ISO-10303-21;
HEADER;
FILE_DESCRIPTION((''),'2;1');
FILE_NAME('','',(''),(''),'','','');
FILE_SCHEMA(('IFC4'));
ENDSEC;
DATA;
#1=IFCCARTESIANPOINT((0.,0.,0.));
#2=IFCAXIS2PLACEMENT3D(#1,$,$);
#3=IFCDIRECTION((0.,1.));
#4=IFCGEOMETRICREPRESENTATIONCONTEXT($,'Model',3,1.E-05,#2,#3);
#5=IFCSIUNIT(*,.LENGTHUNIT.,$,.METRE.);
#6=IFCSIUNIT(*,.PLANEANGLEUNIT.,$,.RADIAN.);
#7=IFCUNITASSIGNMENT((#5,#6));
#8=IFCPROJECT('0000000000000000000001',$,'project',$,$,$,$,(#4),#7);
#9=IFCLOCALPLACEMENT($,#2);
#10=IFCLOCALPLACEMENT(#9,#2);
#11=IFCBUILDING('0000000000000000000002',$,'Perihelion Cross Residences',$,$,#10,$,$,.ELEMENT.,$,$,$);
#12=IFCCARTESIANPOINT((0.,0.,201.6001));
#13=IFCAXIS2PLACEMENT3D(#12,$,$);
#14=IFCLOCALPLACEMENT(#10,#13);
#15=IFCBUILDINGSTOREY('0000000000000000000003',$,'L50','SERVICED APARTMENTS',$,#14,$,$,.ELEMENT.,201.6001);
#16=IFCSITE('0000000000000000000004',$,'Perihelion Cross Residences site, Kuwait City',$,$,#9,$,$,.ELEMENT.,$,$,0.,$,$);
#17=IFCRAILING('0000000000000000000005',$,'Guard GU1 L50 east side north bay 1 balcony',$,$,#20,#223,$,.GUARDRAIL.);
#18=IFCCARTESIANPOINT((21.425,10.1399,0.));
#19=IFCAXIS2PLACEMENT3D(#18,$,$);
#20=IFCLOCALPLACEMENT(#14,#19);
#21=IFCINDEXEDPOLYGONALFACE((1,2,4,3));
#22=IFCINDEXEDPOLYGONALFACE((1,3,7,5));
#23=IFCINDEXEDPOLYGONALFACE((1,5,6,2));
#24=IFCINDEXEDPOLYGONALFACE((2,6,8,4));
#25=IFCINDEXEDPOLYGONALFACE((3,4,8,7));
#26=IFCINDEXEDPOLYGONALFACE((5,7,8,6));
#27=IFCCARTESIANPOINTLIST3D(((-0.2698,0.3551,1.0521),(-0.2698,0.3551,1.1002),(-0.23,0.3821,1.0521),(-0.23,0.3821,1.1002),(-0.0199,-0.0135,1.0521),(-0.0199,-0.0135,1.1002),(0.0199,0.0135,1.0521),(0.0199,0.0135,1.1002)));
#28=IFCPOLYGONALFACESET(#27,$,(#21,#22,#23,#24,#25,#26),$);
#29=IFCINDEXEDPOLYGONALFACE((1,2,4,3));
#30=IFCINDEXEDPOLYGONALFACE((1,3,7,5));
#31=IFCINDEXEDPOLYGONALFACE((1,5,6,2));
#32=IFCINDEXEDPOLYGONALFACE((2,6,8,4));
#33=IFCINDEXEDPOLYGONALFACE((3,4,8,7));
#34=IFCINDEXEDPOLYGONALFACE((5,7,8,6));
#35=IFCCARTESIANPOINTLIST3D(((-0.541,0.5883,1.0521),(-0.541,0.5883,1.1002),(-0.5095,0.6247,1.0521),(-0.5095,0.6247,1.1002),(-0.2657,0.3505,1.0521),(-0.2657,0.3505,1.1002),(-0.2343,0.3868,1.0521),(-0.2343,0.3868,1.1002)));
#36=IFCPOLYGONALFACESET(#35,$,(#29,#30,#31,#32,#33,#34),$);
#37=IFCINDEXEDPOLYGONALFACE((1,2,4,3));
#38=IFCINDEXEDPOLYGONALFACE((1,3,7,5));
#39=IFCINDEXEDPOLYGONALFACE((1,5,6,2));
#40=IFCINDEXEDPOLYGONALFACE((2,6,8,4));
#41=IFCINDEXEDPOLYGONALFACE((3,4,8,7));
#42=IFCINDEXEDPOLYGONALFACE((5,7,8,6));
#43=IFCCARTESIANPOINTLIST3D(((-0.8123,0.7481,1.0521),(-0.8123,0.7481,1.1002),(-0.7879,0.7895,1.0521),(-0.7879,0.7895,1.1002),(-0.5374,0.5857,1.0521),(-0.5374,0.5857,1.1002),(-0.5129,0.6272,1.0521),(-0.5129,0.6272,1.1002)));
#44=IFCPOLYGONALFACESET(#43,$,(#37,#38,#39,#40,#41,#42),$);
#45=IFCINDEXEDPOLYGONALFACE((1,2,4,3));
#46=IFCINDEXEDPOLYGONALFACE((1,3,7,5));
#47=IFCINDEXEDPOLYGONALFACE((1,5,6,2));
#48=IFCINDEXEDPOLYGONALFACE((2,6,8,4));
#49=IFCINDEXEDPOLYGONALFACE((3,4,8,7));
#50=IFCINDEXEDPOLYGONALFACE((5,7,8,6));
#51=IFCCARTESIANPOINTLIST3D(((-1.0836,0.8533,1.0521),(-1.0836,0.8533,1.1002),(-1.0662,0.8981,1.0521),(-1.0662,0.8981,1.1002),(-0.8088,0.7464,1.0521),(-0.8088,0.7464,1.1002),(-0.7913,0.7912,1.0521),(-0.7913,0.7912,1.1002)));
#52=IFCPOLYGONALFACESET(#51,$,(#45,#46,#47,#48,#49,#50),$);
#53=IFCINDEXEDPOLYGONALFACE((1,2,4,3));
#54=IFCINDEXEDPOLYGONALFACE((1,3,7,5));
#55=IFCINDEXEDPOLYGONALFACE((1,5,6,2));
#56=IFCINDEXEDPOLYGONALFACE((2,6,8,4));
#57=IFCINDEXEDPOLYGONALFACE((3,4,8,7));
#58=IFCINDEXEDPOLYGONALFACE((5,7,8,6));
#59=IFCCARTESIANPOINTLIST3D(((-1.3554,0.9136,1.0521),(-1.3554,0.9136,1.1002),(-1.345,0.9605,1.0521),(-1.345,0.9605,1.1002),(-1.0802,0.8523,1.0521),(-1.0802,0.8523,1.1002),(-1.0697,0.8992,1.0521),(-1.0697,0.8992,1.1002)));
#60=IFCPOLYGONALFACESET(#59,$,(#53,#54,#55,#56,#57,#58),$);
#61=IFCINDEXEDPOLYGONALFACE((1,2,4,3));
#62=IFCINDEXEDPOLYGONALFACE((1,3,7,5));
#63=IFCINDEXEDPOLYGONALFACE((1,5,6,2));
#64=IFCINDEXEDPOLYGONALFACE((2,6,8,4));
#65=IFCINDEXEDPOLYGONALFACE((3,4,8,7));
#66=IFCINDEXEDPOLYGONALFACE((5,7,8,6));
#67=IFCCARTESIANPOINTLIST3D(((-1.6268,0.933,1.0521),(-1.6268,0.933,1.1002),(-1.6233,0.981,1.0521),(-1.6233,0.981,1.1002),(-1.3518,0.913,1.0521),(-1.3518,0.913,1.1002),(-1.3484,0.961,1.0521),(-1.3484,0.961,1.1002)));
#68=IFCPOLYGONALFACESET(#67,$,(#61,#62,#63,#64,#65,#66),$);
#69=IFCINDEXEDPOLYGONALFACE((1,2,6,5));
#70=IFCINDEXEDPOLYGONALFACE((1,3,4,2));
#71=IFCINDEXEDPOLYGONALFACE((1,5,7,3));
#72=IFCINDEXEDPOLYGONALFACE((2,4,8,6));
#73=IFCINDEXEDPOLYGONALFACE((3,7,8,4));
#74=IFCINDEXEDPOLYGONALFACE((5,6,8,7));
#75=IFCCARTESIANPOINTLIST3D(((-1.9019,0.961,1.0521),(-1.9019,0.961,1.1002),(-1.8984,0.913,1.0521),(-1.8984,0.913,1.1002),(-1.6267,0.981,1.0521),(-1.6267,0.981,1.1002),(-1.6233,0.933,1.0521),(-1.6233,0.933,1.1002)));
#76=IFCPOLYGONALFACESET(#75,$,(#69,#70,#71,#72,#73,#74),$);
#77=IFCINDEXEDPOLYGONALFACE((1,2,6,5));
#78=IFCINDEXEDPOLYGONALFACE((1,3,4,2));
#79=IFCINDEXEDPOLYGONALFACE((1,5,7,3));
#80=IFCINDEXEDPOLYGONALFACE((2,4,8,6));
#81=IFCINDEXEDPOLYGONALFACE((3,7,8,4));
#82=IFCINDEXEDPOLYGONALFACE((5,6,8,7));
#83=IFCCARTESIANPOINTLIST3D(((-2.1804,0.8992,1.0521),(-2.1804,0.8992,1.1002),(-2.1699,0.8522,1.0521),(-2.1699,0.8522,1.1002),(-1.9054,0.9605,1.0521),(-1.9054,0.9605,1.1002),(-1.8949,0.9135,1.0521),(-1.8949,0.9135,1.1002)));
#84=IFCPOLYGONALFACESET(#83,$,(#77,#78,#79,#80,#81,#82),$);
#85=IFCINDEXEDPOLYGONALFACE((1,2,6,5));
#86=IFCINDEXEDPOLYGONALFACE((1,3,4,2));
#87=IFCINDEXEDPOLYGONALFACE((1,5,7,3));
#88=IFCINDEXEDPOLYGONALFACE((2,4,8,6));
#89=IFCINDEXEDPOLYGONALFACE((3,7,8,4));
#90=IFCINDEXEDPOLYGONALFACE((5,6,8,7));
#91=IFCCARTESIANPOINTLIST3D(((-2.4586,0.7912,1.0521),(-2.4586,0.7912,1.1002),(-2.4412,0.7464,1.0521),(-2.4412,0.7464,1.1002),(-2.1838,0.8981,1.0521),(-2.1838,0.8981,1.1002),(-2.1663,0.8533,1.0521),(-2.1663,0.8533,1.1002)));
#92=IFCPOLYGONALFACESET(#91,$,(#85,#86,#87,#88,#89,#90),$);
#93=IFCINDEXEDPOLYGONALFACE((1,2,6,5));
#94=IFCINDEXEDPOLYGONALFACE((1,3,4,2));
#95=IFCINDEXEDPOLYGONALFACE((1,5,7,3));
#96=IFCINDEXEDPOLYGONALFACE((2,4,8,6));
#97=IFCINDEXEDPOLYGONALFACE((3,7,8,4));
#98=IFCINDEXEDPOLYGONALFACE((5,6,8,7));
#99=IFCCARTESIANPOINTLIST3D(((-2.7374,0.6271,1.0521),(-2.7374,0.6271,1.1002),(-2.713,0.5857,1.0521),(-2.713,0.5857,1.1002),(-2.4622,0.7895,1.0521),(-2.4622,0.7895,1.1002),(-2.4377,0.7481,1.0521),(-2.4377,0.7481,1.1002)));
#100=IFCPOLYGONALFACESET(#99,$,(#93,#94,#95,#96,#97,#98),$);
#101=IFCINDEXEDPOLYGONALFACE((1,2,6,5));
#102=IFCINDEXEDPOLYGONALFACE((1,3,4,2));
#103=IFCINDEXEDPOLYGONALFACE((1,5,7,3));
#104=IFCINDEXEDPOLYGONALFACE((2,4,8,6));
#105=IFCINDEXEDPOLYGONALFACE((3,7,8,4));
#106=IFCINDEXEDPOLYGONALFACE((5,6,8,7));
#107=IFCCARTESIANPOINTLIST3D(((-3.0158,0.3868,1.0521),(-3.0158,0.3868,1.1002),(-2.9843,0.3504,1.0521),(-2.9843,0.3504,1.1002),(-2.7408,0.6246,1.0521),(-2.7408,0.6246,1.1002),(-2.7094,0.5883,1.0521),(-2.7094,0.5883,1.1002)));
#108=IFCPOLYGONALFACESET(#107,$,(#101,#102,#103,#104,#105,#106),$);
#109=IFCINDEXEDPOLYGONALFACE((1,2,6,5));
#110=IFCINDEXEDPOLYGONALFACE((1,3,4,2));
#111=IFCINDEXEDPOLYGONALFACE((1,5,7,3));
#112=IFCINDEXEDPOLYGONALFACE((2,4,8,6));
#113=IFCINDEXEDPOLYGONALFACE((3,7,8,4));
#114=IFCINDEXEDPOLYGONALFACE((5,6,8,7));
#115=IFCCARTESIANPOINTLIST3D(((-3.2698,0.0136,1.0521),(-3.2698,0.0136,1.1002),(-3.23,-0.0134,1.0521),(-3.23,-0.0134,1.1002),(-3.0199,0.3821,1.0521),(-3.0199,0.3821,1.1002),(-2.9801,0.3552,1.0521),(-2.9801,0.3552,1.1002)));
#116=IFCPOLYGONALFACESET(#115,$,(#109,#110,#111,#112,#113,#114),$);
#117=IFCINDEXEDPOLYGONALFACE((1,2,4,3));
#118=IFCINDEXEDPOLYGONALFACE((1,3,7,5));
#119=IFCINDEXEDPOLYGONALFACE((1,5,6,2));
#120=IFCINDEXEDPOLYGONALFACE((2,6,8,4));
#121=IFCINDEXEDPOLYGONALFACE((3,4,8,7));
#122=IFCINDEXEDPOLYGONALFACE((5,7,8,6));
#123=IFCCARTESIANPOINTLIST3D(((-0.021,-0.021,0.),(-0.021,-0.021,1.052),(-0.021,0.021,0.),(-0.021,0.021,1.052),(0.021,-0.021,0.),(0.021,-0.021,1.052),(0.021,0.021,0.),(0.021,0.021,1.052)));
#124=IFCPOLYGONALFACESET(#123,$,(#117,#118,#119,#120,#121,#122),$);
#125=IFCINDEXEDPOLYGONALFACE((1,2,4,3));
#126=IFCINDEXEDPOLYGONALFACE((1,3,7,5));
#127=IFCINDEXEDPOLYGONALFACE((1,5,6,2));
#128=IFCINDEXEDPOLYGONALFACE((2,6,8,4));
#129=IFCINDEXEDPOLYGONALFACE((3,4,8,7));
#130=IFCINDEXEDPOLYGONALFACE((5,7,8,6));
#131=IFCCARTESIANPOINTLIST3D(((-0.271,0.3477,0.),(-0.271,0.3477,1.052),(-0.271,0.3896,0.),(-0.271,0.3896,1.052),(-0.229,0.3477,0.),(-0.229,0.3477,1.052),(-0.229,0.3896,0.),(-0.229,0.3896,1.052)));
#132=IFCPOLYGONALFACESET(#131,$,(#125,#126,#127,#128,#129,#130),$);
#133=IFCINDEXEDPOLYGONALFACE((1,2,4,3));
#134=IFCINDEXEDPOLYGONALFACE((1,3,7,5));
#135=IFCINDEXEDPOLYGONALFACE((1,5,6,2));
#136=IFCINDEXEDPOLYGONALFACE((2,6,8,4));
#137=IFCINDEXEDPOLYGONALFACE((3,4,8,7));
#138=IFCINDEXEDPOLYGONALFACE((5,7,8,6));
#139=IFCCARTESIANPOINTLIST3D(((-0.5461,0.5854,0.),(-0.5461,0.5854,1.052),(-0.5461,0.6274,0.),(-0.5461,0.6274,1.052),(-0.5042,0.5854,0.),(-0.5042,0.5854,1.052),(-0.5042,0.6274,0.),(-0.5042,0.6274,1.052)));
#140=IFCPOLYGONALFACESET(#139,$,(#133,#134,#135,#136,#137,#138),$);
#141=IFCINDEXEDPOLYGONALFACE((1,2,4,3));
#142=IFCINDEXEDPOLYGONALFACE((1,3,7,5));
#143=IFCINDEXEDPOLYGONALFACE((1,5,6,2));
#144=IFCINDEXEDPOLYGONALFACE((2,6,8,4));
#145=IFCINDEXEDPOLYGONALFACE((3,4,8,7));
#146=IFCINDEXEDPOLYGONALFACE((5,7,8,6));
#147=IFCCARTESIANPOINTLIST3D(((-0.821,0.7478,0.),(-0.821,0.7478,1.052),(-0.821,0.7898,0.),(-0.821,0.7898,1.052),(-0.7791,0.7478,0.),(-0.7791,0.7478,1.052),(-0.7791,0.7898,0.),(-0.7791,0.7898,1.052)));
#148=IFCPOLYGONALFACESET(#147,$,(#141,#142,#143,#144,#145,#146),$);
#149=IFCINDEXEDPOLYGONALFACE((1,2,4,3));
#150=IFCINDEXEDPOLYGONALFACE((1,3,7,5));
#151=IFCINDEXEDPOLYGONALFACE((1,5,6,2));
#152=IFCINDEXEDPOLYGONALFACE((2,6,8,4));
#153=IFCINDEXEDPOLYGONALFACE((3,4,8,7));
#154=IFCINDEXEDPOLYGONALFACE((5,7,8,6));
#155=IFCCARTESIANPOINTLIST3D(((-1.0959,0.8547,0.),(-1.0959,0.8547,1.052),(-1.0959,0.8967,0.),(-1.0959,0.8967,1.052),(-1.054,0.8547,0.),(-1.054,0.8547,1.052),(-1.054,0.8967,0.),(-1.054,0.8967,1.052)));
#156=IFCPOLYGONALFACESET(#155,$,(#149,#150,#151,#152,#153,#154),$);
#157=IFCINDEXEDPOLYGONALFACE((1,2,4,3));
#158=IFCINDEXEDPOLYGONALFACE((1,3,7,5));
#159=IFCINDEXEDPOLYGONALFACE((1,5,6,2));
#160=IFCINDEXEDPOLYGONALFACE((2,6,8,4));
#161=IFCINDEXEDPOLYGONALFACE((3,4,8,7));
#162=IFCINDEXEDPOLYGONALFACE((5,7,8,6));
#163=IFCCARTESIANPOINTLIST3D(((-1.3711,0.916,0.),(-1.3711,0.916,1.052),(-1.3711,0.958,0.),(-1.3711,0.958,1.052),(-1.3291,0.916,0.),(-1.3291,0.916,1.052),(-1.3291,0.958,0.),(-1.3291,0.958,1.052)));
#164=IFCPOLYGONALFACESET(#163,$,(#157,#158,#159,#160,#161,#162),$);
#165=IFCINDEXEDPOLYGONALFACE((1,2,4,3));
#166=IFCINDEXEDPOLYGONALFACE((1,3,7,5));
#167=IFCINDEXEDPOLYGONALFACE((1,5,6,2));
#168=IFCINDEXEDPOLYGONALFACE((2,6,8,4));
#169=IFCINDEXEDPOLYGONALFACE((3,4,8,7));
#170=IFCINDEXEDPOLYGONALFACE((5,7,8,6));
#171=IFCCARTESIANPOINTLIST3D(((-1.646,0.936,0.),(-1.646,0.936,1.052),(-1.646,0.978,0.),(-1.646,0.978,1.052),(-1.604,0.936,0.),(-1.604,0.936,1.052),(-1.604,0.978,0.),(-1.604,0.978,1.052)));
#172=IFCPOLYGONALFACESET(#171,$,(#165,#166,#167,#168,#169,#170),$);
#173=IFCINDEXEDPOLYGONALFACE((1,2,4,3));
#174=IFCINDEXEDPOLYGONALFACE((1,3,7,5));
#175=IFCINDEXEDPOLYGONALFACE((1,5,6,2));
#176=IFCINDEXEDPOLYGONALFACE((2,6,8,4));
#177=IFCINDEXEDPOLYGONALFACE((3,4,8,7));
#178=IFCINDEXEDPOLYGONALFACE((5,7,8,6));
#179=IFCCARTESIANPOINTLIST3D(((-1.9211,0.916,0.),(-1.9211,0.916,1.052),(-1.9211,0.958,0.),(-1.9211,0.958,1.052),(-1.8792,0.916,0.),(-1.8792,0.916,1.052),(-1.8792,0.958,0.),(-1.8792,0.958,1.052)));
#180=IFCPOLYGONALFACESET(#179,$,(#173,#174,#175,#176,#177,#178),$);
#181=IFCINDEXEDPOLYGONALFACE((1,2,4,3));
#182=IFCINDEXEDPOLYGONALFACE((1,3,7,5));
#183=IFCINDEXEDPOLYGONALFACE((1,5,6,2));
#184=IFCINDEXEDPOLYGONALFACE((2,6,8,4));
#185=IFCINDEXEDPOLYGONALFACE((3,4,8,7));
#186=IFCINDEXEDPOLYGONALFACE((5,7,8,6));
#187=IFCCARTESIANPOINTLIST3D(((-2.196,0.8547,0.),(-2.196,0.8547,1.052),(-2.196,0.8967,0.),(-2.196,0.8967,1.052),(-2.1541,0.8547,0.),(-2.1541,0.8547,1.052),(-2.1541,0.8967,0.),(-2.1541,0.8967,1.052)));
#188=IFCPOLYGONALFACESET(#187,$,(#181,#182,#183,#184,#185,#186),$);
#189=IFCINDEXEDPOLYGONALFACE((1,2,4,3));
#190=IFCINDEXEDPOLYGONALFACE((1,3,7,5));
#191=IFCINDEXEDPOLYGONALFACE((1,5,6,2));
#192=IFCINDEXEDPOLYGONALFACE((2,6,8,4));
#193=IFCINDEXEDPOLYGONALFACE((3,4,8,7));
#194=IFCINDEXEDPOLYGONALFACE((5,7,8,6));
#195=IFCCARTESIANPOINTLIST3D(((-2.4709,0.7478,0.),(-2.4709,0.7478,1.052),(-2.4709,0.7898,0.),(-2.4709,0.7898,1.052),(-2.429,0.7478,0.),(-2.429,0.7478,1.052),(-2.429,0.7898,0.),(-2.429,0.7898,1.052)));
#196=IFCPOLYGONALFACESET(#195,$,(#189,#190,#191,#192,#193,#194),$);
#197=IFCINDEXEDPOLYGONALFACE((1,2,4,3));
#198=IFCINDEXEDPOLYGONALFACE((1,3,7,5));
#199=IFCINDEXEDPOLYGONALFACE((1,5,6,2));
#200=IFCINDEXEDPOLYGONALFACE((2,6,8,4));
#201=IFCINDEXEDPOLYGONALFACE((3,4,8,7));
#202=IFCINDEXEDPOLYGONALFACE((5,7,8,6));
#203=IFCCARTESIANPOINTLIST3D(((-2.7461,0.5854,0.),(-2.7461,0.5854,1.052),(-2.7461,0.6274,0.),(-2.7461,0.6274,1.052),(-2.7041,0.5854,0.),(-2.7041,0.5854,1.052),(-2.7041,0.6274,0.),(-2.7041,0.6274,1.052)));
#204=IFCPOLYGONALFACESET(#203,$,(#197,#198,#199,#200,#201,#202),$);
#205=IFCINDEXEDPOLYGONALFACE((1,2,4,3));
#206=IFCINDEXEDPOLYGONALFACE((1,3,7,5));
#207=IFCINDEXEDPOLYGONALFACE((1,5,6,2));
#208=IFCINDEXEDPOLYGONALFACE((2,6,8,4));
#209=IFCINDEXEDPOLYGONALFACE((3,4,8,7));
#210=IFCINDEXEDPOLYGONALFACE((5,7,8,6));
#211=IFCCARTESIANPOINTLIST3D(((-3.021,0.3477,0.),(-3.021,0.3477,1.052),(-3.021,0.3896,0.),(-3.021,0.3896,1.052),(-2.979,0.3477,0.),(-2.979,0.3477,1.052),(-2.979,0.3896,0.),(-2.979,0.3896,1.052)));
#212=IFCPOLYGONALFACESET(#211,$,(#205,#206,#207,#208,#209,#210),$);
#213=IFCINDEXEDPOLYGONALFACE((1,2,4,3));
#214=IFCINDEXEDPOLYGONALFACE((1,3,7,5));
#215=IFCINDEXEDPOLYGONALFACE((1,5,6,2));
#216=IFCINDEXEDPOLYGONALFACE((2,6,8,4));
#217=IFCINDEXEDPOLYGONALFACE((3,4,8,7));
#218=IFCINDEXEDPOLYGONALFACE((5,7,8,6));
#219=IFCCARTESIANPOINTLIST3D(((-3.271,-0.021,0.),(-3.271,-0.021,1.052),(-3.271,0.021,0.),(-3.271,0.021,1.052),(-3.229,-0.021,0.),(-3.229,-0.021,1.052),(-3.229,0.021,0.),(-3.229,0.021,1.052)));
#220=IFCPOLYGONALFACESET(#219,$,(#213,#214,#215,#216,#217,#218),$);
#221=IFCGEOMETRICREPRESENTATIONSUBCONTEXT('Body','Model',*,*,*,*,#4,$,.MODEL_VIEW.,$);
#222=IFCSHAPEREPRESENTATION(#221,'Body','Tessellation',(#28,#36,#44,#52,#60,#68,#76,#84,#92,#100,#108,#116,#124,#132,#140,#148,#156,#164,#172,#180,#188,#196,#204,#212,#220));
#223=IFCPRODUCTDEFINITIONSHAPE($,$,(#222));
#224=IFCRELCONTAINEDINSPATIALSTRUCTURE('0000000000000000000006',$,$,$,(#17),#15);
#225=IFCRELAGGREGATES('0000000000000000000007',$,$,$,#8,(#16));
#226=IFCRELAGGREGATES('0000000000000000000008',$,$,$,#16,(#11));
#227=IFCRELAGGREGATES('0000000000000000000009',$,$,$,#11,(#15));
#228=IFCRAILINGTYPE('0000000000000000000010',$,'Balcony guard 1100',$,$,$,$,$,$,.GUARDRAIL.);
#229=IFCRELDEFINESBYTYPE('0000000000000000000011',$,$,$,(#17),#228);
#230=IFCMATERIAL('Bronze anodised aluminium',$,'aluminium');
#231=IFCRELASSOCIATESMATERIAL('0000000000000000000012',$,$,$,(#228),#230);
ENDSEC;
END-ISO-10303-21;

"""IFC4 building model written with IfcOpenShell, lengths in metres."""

from ifc_helpers import new_model, si_unit, direction, frame, origin, origin_2d, place, context, subcontext, project, spatial, rectangle, extrude, material, type_object, element, save


model = new_model("IFC4")

# Units and contexts
model_context = context("Model", 3, precision=1e-05, world=origin(), true_north=direction((0.0, 1.0)))
body_context = subcontext(model_context, "Body", "Model", "MODEL_VIEW")
ifc_project = project(units=[si_unit("LENGTHUNIT", "METRE"), si_unit("PLANEANGLEUNIT", "RADIAN")], contexts=[model_context])

# Site, building, storey
site_placement = place(None, origin())
site = spatial("IfcSite", under=ifc_project, at=site_placement, Name="Perihelion Cross Residences site, Kuwait City", CompositionType="ELEMENT", RefElevation=0.0)
building_placement = place(site_placement, origin())
building = spatial("IfcBuilding", under=site, at=building_placement, Name="Perihelion Cross Residences", CompositionType="ELEMENT")
storey_placement = place(building_placement, frame((0.0, 0.0, 201.6001)))
storey = spatial("IfcBuildingStorey", under=building, at=storey_placement, Name="L50", Description="SERVICED APARTMENTS", CompositionType="ELEMENT", Elevation=201.6001)

# Railing
ifc_material_1 = material(Name="Bronze anodised aluminium", Category="aluminium")
railing_type_1 = type_object("IfcRailingType", Name="Balcony guard 1100", PredefinedType="GUARDRAIL", material=ifc_material_1)
railing_1_placement = place(storey_placement, frame((21.425, 10.1399, 0.0)))
element("IfcRailing", 1, at=railing_1_placement, inside=storey, type_object=railing_type_1, Name="Guard GU1 L50 east side north bay 1 balcony", PredefinedType="GUARDRAIL", context=body_context, shape_type="SweptSolid", body=[
    extrude(rectangle(XDim=0.0481, YDim=0.0481, at=origin_2d()), frame((0.0, 0.0, 1.0762), z_axis=(-0.56126, 0.827639, 0.0), x_axis=(-0.827639, -0.56126, 0.0)), (0.0, 0.0, 1.0), 0.4453),
    extrude(rectangle(XDim=0.0481, YDim=0.0481, at=origin_2d()), frame((-0.25, 0.3687, 1.0762), z_axis=(-0.756597, 0.653882, 0.0), x_axis=(-0.653882, -0.756597, 0.0)), (0.0, 0.0, 1.0), 0.3638),
    extrude(rectangle(XDim=0.0481, YDim=0.0481, at=origin_2d()), frame((-0.5251, 0.6064, 1.0762), z_axis=(-0.861048, 0.508523, 0.0), x_axis=(-0.508523, -0.861048, 0.0)), (0.0, 0.0, 1.0), 0.3193),
    extrude(rectangle(XDim=0.0481, YDim=0.0481, at=origin_2d()), frame((-0.8, 0.7688, 1.0762), z_axis=(-0.931974, 0.362526, 0.0), x_axis=(-0.362526, -0.931974, 0.0)), (0.0, 0.0, 1.0), 0.2949),
    extrude(rectangle(XDim=0.0481, YDim=0.0481, at=origin_2d()), frame((-1.075, 0.8757, 1.0762), z_axis=(-0.976085, 0.217389, 0.0), x_axis=(-0.217389, -0.976085, 0.0)), (0.0, 0.0, 1.0), 0.282),
    extrude(rectangle(XDim=0.0481, YDim=0.0481, at=origin_2d()), frame((-1.3501, 0.937, 1.0762), z_axis=(-0.997359, 0.072632, 0.0), x_axis=(-0.072632, -0.997359, 0.0)), (0.0, 0.0, 1.0), 0.2756),
    extrude(rectangle(XDim=0.0481, YDim=0.0481, at=origin_2d()), frame((-1.625, 0.957, 1.0762), z_axis=(-0.997363, -0.072568, 0.0), x_axis=(0.072568, -0.997363, 0.0)), (0.0, 0.0, 1.0), 0.2759),
    extrude(rectangle(XDim=0.0481, YDim=0.0481, at=origin_2d()), frame((-1.9001, 0.937, 1.0762), z_axis=(-0.976044, -0.217573, 0.0), x_axis=(0.217573, -0.976044, 0.0)), (0.0, 0.0, 1.0), 0.2817),
    extrude(rectangle(XDim=0.0481, YDim=0.0481, at=origin_2d()), frame((-2.175, 0.8757, 1.0762), z_axis=(-0.931974, -0.362526, 0.0), x_axis=(0.362526, -0.931974, 0.0)), (0.0, 0.0, 1.0), 0.2949),
    extrude(rectangle(XDim=0.0481, YDim=0.0481, at=origin_2d()), frame((-2.45, 0.7688, 1.0762), z_axis=(-0.861246, -0.508189, 0.0), x_axis=(0.508189, -0.861246, 0.0)), (0.0, 0.0, 1.0), 0.3196),
    extrude(rectangle(XDim=0.0481, YDim=0.0481, at=origin_2d()), frame((-2.7251, 0.6064, 1.0762), z_axis=(-0.756309, -0.654214, 0.0), x_axis=(0.654214, -0.756309, 0.0)), (0.0, 0.0, 1.0), 0.3635),
    extrude(rectangle(XDim=0.0481, YDim=0.0481, at=origin_2d()), frame((-3.0, 0.3687, 1.0762), z_axis=(-0.56126, -0.827639, 0.0), x_axis=(0.827639, -0.56126, 0.0)), (0.0, 0.0, 1.0), 0.4453),
    extrude(rectangle(XDim=0.042, YDim=0.042, at=origin_2d()), origin(), (0.0, 0.0, 1.0), 1.052),
    extrude(rectangle(XDim=0.042, YDim=0.042, at=origin_2d()), frame((-0.25, 0.3687, 0.0)), (0.0, 0.0, 1.0), 1.052),
    extrude(rectangle(XDim=0.042, YDim=0.042, at=origin_2d()), frame((-0.5251, 0.6064, 0.0)), (0.0, 0.0, 1.0), 1.052),
    extrude(rectangle(XDim=0.042, YDim=0.042, at=origin_2d()), frame((-0.8, 0.7688, 0.0)), (0.0, 0.0, 1.0), 1.052),
    extrude(rectangle(XDim=0.042, YDim=0.042, at=origin_2d()), frame((-1.075, 0.8757, 0.0)), (0.0, 0.0, 1.0), 1.052),
    extrude(rectangle(XDim=0.042, YDim=0.042, at=origin_2d()), frame((-1.3501, 0.937, 0.0)), (0.0, 0.0, 1.0), 1.052),
    extrude(rectangle(XDim=0.042, YDim=0.042, at=origin_2d()), frame((-1.625, 0.957, 0.0)), (0.0, 0.0, 1.0), 1.052),
    extrude(rectangle(XDim=0.042, YDim=0.042, at=origin_2d()), frame((-1.9001, 0.937, 0.0)), (0.0, 0.0, 1.0), 1.052),
    extrude(rectangle(XDim=0.042, YDim=0.042, at=origin_2d()), frame((-2.175, 0.8757, 0.0)), (0.0, 0.0, 1.0), 1.052),
    extrude(rectangle(XDim=0.042, YDim=0.042, at=origin_2d()), frame((-2.45, 0.7688, 0.0)), (0.0, 0.0, 1.0), 1.052),
    extrude(rectangle(XDim=0.042, YDim=0.042, at=origin_2d()), frame((-2.7251, 0.6064, 0.0)), (0.0, 0.0, 1.0), 1.052),
    extrude(rectangle(XDim=0.042, YDim=0.042, at=origin_2d()), frame((-3.0, 0.3687, 0.0)), (0.0, 0.0, 1.0), 1.052),
    extrude(rectangle(XDim=0.042, YDim=0.042, at=origin_2d()), frame((-3.25, 0.0, 0.0)), (0.0, 0.0, 1.0), 1.052),
])

save(model, "model.ifc")
